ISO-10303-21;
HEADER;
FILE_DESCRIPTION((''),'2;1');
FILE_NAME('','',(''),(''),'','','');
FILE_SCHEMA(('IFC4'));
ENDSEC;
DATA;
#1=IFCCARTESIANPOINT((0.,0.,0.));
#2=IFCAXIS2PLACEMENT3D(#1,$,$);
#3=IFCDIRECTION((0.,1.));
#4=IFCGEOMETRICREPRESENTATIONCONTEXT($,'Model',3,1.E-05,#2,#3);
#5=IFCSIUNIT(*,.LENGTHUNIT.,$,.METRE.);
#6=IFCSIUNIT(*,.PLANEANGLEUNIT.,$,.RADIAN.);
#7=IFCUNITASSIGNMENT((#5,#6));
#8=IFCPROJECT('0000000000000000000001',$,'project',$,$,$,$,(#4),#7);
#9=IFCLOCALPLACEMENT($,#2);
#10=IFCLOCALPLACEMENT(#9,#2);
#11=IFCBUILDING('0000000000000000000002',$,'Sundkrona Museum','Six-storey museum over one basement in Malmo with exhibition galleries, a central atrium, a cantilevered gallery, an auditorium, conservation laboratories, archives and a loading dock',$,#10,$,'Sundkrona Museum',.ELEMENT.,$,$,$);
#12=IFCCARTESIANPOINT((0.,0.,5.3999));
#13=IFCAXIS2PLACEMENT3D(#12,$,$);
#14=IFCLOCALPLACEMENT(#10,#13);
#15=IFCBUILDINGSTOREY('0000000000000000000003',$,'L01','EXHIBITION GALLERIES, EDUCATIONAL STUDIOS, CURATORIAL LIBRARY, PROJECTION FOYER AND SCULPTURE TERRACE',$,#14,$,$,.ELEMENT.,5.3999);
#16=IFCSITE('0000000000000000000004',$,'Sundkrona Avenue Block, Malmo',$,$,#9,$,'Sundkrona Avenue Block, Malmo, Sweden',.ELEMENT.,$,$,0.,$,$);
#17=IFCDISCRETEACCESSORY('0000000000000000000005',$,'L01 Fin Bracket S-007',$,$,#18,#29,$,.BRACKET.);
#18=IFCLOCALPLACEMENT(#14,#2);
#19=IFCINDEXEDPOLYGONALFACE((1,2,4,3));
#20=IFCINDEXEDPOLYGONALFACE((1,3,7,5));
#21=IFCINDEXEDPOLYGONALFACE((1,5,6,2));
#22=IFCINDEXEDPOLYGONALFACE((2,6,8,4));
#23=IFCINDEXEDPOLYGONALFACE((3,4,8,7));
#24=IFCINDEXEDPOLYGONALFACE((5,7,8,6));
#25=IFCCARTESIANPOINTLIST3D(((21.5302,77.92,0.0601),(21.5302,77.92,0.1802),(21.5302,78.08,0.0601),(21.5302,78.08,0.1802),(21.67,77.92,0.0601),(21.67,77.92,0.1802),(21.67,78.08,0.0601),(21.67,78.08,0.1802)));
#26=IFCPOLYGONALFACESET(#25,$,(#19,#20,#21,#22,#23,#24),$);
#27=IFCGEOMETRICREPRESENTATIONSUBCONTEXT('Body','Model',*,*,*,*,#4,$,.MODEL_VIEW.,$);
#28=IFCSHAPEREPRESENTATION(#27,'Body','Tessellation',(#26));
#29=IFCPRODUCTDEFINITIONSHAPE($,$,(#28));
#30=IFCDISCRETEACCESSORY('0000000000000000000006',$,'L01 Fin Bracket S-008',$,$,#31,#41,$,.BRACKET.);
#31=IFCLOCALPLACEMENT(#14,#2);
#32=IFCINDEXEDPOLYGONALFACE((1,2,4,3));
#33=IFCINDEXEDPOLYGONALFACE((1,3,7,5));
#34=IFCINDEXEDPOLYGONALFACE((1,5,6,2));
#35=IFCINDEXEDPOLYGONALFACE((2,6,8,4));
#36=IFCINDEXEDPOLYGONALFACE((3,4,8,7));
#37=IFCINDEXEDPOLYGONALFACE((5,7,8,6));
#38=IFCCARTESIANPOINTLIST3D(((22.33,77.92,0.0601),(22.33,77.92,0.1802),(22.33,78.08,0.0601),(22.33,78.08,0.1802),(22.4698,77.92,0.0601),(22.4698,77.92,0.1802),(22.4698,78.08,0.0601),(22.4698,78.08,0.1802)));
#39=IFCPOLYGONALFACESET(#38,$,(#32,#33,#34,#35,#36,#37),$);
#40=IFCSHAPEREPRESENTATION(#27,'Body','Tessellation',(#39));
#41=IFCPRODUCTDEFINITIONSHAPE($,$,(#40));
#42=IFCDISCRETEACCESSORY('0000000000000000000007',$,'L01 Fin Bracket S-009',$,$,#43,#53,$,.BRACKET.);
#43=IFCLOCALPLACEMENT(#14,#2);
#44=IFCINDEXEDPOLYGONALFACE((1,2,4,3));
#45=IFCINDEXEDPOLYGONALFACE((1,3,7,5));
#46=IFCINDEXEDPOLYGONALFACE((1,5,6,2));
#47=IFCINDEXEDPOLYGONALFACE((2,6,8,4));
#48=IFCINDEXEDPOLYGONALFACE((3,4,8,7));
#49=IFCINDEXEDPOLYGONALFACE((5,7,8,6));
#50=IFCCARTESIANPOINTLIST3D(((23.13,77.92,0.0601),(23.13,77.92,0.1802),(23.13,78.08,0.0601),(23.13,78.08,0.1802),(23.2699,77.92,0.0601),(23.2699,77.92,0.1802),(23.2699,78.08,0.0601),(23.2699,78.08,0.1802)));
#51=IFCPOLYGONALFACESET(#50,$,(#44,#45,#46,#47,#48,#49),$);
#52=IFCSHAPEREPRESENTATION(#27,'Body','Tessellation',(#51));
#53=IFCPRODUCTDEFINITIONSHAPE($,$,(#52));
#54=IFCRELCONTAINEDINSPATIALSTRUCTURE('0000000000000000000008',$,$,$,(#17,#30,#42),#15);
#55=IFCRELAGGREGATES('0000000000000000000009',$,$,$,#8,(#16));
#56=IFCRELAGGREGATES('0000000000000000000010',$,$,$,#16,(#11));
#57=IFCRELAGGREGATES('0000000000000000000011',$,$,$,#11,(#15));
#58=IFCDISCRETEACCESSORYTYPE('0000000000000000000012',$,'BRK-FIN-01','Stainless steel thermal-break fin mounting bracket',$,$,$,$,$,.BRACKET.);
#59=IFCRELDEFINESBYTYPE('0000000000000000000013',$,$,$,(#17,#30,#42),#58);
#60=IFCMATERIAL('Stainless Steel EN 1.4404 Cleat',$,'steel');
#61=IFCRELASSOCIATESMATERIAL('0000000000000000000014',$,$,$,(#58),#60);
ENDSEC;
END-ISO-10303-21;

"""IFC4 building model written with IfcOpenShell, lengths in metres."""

from ifc_helpers import new_model, si_unit, direction, frame, origin, origin_2d, place, context, subcontext, project, spatial, rectangle, extrude, material, type_object, element, save


model = new_model("IFC4")

# Units and contexts
model_context = context("Model", 3, precision=1e-05, world=origin(), true_north=direction((0.0, 1.0)))
body_context = subcontext(model_context, "Body", "Model", "MODEL_VIEW")
ifc_project = project(units=[si_unit("LENGTHUNIT", "METRE"), si_unit("PLANEANGLEUNIT", "RADIAN")], contexts=[model_context])

# Site, building, storey
site_placement = place(None, origin())
site = spatial("IfcSite", under=ifc_project, at=site_placement, Name="Sundkrona Avenue Block, Malmo", LongName="Sundkrona Avenue Block, Malmo, Sweden", CompositionType="ELEMENT", RefElevation=0.0)
building_placement = place(site_placement, origin())
building = spatial("IfcBuilding", under=site, at=building_placement, Name="Sundkrona Museum", Description="Six-storey museum over one basement in Malmo with exhibition galleries, a central atrium, a cantilevered gallery, an auditorium, conservation laboratories, archives and a loading dock", LongName="Sundkrona Museum", CompositionType="ELEMENT")
storey_placement = place(building_placement, frame((0.0, 0.0, 5.3999)))
storey = spatial("IfcBuildingStorey", under=building, at=storey_placement, Name="L01", Description="EXHIBITION GALLERIES, EDUCATIONAL STUDIOS, CURATORIAL LIBRARY, PROJECTION FOYER AND SCULPTURE TERRACE", CompositionType="ELEMENT", Elevation=5.3999)

# Discrete accessories
ifc_material_1 = material(Name="Stainless Steel EN 1.4404 Cleat", Category="steel")
discrete_accessory_type = type_object("IfcDiscreteAccessoryType", Name="BRK-FIN-01", Description="Stainless steel thermal-break fin mounting bracket", PredefinedType="BRACKET", material=ifc_material_1)
for number, where, z_axis, x_axis, name in (
    (1, (21.6001, 78.0, 0.0601), (0.0, 0.0, 1.0), (1.0, 0.0, 0.0), "L01 Fin Bracket S-007"),
    (2, (22.3999, 78.0, 0.0601), (0.0, 0.0, 1.0), (1.0, 0.0, 0.0), "L01 Fin Bracket S-008"),
    (3, (23.2, 78.0, 0.0601), (0.0, 0.0, 1.0), (1.0, 0.0, 0.0), "L01 Fin Bracket S-009"),
):
    element("IfcDiscreteAccessory", number, at=place(storey_placement, frame(where, z_axis=z_axis, x_axis=x_axis)), inside=storey, type_object=discrete_accessory_type, Name=name, PredefinedType="BRACKET", context=body_context, shape_type="SweptSolid", body=[
        extrude(rectangle(XDim=0.1399, YDim=0.1599, at=origin_2d()), origin(), (0.0, 0.0, 1.0), 0.1201),
    ])

save(model, "model.ifc")
